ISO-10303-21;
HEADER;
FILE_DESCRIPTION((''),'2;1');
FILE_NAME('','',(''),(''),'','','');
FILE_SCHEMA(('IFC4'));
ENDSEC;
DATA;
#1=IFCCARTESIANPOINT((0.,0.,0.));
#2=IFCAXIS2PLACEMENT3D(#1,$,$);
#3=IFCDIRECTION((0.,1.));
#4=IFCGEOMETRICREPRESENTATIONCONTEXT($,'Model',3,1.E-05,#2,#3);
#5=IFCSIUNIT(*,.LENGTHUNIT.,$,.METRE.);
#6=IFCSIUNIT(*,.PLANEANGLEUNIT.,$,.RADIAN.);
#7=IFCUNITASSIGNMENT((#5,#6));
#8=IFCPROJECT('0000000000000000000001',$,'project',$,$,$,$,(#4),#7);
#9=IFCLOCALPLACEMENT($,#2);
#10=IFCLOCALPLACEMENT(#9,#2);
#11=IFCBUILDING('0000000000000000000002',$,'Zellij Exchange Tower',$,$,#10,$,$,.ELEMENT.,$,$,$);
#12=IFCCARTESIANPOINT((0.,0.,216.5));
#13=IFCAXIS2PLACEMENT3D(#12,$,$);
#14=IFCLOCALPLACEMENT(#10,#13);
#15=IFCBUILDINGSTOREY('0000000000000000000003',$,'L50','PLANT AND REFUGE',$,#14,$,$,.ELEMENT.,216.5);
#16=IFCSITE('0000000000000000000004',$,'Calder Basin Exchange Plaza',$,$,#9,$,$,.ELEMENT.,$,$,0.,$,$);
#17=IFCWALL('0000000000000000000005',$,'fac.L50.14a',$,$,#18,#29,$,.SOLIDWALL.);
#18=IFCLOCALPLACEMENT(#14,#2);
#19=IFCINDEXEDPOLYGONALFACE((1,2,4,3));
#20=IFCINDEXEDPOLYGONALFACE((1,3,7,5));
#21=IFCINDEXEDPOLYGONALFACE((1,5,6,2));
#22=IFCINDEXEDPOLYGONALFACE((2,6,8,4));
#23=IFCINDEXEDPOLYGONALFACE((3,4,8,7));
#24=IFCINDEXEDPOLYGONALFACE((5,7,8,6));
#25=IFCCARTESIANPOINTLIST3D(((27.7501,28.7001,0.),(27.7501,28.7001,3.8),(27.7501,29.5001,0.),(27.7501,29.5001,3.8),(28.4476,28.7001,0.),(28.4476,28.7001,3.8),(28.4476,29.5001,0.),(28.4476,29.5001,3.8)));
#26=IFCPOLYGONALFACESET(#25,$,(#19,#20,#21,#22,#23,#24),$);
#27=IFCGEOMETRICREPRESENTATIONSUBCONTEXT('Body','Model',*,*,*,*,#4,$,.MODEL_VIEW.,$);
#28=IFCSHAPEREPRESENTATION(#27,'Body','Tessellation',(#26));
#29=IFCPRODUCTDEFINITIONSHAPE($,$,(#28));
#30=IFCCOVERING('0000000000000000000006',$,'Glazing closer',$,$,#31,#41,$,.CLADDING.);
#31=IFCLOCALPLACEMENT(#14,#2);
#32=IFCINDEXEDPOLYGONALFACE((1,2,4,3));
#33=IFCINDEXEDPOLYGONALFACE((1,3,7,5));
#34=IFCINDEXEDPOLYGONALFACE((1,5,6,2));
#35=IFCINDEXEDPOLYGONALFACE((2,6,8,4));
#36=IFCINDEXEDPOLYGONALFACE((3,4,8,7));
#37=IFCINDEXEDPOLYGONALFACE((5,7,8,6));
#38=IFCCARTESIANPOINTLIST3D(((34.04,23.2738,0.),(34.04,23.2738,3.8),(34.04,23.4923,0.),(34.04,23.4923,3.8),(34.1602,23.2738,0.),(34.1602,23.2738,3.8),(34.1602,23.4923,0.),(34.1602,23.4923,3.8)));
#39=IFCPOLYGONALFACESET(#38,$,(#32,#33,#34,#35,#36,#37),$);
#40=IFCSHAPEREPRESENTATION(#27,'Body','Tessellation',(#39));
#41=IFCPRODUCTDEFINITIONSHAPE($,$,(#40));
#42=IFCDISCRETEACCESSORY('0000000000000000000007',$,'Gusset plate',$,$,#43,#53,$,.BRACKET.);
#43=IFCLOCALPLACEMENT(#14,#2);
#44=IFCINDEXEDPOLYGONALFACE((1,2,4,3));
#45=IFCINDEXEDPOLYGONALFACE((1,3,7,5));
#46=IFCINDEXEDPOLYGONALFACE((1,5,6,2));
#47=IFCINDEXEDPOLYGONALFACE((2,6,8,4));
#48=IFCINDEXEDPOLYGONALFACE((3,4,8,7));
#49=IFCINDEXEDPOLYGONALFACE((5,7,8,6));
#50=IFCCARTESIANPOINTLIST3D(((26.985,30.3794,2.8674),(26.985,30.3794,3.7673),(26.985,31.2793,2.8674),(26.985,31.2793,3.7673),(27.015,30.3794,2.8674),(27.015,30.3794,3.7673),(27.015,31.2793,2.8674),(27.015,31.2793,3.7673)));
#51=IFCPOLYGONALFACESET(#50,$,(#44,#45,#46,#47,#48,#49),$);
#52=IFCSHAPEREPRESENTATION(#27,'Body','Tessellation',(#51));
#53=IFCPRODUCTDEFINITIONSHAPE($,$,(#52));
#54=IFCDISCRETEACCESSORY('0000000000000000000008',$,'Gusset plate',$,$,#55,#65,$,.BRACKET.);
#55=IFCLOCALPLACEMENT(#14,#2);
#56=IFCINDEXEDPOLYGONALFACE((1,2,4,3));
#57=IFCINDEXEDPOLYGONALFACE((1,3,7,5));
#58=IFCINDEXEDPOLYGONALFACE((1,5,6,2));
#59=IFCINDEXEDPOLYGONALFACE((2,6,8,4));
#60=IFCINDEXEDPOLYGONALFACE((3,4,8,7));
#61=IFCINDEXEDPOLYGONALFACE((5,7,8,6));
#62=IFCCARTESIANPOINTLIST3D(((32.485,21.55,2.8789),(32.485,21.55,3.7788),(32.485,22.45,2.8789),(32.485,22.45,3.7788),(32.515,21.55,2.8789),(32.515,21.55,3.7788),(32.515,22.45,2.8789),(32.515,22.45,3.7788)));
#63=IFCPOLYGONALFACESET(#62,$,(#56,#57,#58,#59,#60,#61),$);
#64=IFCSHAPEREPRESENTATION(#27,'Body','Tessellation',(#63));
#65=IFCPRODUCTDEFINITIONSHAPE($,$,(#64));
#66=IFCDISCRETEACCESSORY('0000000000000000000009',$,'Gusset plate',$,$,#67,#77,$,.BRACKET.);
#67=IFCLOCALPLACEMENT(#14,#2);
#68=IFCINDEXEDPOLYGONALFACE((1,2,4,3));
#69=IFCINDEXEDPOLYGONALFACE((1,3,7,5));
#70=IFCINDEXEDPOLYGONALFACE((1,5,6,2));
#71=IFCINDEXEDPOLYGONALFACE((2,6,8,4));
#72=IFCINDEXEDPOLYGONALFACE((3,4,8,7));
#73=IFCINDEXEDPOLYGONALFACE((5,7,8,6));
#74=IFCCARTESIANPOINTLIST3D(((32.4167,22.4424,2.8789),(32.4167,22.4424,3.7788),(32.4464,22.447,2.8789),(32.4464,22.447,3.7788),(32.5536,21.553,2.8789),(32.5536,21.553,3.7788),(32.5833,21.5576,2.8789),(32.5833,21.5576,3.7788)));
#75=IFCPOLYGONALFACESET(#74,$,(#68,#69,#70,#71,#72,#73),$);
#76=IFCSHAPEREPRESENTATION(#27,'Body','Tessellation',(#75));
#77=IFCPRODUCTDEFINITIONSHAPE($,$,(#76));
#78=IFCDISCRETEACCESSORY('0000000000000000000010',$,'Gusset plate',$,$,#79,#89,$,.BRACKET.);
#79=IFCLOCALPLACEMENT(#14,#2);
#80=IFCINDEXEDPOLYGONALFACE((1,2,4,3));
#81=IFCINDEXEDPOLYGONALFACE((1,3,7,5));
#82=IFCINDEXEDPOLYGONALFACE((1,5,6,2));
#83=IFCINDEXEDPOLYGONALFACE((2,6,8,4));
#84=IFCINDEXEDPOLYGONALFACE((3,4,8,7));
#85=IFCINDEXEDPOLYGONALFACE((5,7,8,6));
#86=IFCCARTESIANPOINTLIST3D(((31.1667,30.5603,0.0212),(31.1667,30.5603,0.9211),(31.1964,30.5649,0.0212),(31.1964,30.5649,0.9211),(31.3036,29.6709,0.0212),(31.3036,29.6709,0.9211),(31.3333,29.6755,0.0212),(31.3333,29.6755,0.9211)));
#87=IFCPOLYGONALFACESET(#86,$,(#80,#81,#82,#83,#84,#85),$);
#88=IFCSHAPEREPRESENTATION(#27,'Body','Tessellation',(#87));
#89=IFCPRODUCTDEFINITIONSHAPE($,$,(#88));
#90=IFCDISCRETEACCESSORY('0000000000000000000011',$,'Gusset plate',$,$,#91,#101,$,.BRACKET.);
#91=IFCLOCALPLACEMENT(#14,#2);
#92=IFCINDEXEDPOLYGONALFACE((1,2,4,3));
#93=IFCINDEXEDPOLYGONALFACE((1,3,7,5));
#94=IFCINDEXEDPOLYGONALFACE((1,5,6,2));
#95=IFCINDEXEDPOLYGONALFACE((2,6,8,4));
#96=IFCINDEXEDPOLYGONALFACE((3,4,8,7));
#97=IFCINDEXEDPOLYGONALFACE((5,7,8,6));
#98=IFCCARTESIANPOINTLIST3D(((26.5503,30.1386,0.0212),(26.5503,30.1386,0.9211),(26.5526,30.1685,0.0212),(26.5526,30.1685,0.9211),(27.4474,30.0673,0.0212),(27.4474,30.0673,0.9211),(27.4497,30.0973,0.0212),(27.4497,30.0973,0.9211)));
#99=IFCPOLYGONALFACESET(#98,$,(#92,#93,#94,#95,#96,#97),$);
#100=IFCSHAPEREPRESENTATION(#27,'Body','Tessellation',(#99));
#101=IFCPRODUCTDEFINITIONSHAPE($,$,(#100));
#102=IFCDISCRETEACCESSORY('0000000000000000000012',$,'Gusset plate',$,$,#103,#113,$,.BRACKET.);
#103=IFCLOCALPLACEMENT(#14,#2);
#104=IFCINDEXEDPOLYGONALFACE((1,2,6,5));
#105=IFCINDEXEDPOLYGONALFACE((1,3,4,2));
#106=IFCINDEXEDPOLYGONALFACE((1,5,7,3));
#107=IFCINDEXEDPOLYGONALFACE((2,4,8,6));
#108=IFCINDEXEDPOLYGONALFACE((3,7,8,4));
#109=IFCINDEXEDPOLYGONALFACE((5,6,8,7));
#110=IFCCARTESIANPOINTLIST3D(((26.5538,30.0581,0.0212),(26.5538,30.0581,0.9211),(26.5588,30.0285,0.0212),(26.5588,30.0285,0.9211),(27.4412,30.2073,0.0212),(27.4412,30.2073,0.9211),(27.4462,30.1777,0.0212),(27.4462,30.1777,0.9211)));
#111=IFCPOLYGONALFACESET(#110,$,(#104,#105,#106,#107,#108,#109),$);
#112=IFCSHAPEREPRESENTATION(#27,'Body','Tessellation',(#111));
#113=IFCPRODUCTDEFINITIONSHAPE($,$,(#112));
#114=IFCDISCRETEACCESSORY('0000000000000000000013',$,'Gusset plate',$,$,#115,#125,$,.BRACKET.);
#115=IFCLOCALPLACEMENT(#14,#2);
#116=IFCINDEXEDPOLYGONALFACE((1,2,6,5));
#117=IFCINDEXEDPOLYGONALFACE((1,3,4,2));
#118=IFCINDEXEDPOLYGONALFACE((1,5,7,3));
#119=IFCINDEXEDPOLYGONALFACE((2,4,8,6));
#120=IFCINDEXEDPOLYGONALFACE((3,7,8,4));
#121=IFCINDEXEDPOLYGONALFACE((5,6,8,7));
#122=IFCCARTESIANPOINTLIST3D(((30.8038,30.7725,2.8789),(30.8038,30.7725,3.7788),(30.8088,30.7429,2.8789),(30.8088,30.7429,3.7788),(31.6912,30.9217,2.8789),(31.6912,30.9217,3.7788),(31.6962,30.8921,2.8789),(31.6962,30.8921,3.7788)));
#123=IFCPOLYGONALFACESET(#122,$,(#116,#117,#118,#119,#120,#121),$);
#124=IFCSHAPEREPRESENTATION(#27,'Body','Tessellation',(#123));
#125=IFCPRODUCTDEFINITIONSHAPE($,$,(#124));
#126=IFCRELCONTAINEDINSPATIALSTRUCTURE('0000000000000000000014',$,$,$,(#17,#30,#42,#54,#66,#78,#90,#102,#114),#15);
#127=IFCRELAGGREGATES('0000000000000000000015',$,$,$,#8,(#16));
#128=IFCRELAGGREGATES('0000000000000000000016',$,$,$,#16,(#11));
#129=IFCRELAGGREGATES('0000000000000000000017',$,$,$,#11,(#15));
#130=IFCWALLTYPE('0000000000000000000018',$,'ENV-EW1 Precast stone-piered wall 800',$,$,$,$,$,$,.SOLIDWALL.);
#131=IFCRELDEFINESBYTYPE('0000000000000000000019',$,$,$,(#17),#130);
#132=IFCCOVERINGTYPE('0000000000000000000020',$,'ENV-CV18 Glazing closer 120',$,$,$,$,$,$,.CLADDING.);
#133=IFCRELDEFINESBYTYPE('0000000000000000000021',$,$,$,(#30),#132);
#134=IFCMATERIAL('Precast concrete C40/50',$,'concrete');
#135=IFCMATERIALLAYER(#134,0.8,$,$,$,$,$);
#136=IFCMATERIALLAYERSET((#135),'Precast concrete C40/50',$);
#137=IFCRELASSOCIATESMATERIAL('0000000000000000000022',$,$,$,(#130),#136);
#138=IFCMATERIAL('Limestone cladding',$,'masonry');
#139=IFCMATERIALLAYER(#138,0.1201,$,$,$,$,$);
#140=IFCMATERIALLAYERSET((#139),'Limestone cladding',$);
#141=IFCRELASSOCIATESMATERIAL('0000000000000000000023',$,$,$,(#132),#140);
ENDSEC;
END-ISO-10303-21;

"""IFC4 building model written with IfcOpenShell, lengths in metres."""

from ifc_helpers import new_model, si_unit, direction, frame, frame_2d, origin, origin_2d, place, context, subcontext, project, spatial, rectangle, extrude, material, layer, layer_set, type_object, element, save


model = new_model("IFC4")

# Units and contexts
model_context = context("Model", 3, precision=1e-05, world=origin(), true_north=direction((0.0, 1.0)))
body_context = subcontext(model_context, "Body", "Model", "MODEL_VIEW")
ifc_project = project(units=[si_unit("LENGTHUNIT", "METRE"), si_unit("PLANEANGLEUNIT", "RADIAN")], contexts=[model_context])

# Site, building, storey
site_placement = place(None, origin())
site = spatial("IfcSite", under=ifc_project, at=site_placement, Name="Calder Basin Exchange Plaza", CompositionType="ELEMENT", RefElevation=0.0)
building_placement = place(site_placement, origin())
building = spatial("IfcBuilding", under=site, at=building_placement, Name="Zellij Exchange Tower", CompositionType="ELEMENT")
storey_placement = place(building_placement, frame((0.0, 0.0, 216.5)))
storey = spatial("IfcBuildingStorey", under=building, at=storey_placement, Name="L50", Description="PLANT AND REFUGE", CompositionType="ELEMENT", Elevation=216.5)

# Wall
ifc_material_1 = material(Name="Precast concrete C40/50", Category="concrete")
ifc_layer_1 = layer(ifc_material_1, 0.8)
ifc_layer_set_1 = layer_set([ifc_layer_1], Name="Precast concrete C40/50")
wall_type = type_object("IfcWallType", Name="ENV-EW1 Precast stone-piered wall 800", PredefinedType="SOLIDWALL", material=ifc_layer_set_1)
wall_1_placement = place(storey_placement, frame((28.4475, 29.1001, 0.0), z_axis=(0.0, 0.0, 1.0), x_axis=(-1.0, 0.0, 0.0)))
element("IfcWall", 1, at=wall_1_placement, inside=storey, type_object=wall_type, Name="fac.L50.14a", PredefinedType="SOLIDWALL", context=body_context, shape_type="SweptSolid", body=[
    extrude(rectangle(XDim=0.6975, YDim=0.8, at=frame_2d((0.3486, 0.0))), origin(), (0.0, 0.0, 1.0), 3.8),
])

# Covering
ifc_material_2 = material(Name="Limestone cladding", Category="masonry")
ifc_layer_2 = layer(ifc_material_2, 0.1201)
ifc_layer_set_2 = layer_set([ifc_layer_2], Name="Limestone cladding")
covering_type = type_object("IfcCoveringType", Name="ENV-CV18 Glazing closer 120", PredefinedType="CLADDING", material=ifc_layer_set_2)
covering_placement = place(storey_placement, frame((34.1001, 23.3831, 0.0), z_axis=(0.0, 0.0, 1.0), x_axis=(0.0, 1.0, 0.0)))
element("IfcCovering", 2, at=covering_placement, inside=storey, type_object=covering_type, Name="Glazing closer", PredefinedType="CLADDING", context=body_context, shape_type="SweptSolid", body=[
    extrude(rectangle(XDim=0.2185, YDim=0.1201, at=origin_2d()), origin(), (0.0, 0.0, 1.0), 3.8),
])

# Discrete accessories
for number, where, z_axis, x_axis, name in (
    (3, (27.0, 30.8293, 2.8674), (0.0, 0.0, 1.0), (0.0, 1.0, 0.0), "Gusset plate"),
    (4, (32.5, 22.0, 2.8789), (0.0, 0.0, 1.0), (0.0, 1.0, 0.0), "Gusset plate"),
    (5, (32.5, 22.0, 2.8789), (0.0, 0.0, 1.0), (-0.152189, 0.988351, 0.0), "Gusset plate"),
    (6, (31.25, 30.1179, 0.0212), (0.0, 0.0, 1.0), (-0.152189, 0.988351, 0.0), "Gusset plate"),
    (7, (27.0, 30.1179, 0.0212), (0.0, 0.0, 1.0), (0.996864, -0.079129, 0.0), "Gusset plate"),
    (8, (27.0, 30.1179, 0.0212), (0.0, 0.0, 1.0), (0.986165, 0.165769, 0.0), "Gusset plate"),
    (9, (31.25, 30.8323, 2.8789), (0.0, 0.0, 1.0), (0.986165, 0.165769, 0.0), "Gusset plate"),
):
    element("IfcDiscreteAccessory", number, at=place(storey_placement, frame(where, z_axis=z_axis, x_axis=x_axis)), inside=storey, Name=name, PredefinedType="BRACKET", context=body_context, shape_type="SweptSolid", body=[
        extrude(rectangle(XDim=0.8999, YDim=0.03, at=origin_2d()), origin(), (0.0, 0.0, 1.0), 0.8999),
    ])

save(model, "model.ifc")
